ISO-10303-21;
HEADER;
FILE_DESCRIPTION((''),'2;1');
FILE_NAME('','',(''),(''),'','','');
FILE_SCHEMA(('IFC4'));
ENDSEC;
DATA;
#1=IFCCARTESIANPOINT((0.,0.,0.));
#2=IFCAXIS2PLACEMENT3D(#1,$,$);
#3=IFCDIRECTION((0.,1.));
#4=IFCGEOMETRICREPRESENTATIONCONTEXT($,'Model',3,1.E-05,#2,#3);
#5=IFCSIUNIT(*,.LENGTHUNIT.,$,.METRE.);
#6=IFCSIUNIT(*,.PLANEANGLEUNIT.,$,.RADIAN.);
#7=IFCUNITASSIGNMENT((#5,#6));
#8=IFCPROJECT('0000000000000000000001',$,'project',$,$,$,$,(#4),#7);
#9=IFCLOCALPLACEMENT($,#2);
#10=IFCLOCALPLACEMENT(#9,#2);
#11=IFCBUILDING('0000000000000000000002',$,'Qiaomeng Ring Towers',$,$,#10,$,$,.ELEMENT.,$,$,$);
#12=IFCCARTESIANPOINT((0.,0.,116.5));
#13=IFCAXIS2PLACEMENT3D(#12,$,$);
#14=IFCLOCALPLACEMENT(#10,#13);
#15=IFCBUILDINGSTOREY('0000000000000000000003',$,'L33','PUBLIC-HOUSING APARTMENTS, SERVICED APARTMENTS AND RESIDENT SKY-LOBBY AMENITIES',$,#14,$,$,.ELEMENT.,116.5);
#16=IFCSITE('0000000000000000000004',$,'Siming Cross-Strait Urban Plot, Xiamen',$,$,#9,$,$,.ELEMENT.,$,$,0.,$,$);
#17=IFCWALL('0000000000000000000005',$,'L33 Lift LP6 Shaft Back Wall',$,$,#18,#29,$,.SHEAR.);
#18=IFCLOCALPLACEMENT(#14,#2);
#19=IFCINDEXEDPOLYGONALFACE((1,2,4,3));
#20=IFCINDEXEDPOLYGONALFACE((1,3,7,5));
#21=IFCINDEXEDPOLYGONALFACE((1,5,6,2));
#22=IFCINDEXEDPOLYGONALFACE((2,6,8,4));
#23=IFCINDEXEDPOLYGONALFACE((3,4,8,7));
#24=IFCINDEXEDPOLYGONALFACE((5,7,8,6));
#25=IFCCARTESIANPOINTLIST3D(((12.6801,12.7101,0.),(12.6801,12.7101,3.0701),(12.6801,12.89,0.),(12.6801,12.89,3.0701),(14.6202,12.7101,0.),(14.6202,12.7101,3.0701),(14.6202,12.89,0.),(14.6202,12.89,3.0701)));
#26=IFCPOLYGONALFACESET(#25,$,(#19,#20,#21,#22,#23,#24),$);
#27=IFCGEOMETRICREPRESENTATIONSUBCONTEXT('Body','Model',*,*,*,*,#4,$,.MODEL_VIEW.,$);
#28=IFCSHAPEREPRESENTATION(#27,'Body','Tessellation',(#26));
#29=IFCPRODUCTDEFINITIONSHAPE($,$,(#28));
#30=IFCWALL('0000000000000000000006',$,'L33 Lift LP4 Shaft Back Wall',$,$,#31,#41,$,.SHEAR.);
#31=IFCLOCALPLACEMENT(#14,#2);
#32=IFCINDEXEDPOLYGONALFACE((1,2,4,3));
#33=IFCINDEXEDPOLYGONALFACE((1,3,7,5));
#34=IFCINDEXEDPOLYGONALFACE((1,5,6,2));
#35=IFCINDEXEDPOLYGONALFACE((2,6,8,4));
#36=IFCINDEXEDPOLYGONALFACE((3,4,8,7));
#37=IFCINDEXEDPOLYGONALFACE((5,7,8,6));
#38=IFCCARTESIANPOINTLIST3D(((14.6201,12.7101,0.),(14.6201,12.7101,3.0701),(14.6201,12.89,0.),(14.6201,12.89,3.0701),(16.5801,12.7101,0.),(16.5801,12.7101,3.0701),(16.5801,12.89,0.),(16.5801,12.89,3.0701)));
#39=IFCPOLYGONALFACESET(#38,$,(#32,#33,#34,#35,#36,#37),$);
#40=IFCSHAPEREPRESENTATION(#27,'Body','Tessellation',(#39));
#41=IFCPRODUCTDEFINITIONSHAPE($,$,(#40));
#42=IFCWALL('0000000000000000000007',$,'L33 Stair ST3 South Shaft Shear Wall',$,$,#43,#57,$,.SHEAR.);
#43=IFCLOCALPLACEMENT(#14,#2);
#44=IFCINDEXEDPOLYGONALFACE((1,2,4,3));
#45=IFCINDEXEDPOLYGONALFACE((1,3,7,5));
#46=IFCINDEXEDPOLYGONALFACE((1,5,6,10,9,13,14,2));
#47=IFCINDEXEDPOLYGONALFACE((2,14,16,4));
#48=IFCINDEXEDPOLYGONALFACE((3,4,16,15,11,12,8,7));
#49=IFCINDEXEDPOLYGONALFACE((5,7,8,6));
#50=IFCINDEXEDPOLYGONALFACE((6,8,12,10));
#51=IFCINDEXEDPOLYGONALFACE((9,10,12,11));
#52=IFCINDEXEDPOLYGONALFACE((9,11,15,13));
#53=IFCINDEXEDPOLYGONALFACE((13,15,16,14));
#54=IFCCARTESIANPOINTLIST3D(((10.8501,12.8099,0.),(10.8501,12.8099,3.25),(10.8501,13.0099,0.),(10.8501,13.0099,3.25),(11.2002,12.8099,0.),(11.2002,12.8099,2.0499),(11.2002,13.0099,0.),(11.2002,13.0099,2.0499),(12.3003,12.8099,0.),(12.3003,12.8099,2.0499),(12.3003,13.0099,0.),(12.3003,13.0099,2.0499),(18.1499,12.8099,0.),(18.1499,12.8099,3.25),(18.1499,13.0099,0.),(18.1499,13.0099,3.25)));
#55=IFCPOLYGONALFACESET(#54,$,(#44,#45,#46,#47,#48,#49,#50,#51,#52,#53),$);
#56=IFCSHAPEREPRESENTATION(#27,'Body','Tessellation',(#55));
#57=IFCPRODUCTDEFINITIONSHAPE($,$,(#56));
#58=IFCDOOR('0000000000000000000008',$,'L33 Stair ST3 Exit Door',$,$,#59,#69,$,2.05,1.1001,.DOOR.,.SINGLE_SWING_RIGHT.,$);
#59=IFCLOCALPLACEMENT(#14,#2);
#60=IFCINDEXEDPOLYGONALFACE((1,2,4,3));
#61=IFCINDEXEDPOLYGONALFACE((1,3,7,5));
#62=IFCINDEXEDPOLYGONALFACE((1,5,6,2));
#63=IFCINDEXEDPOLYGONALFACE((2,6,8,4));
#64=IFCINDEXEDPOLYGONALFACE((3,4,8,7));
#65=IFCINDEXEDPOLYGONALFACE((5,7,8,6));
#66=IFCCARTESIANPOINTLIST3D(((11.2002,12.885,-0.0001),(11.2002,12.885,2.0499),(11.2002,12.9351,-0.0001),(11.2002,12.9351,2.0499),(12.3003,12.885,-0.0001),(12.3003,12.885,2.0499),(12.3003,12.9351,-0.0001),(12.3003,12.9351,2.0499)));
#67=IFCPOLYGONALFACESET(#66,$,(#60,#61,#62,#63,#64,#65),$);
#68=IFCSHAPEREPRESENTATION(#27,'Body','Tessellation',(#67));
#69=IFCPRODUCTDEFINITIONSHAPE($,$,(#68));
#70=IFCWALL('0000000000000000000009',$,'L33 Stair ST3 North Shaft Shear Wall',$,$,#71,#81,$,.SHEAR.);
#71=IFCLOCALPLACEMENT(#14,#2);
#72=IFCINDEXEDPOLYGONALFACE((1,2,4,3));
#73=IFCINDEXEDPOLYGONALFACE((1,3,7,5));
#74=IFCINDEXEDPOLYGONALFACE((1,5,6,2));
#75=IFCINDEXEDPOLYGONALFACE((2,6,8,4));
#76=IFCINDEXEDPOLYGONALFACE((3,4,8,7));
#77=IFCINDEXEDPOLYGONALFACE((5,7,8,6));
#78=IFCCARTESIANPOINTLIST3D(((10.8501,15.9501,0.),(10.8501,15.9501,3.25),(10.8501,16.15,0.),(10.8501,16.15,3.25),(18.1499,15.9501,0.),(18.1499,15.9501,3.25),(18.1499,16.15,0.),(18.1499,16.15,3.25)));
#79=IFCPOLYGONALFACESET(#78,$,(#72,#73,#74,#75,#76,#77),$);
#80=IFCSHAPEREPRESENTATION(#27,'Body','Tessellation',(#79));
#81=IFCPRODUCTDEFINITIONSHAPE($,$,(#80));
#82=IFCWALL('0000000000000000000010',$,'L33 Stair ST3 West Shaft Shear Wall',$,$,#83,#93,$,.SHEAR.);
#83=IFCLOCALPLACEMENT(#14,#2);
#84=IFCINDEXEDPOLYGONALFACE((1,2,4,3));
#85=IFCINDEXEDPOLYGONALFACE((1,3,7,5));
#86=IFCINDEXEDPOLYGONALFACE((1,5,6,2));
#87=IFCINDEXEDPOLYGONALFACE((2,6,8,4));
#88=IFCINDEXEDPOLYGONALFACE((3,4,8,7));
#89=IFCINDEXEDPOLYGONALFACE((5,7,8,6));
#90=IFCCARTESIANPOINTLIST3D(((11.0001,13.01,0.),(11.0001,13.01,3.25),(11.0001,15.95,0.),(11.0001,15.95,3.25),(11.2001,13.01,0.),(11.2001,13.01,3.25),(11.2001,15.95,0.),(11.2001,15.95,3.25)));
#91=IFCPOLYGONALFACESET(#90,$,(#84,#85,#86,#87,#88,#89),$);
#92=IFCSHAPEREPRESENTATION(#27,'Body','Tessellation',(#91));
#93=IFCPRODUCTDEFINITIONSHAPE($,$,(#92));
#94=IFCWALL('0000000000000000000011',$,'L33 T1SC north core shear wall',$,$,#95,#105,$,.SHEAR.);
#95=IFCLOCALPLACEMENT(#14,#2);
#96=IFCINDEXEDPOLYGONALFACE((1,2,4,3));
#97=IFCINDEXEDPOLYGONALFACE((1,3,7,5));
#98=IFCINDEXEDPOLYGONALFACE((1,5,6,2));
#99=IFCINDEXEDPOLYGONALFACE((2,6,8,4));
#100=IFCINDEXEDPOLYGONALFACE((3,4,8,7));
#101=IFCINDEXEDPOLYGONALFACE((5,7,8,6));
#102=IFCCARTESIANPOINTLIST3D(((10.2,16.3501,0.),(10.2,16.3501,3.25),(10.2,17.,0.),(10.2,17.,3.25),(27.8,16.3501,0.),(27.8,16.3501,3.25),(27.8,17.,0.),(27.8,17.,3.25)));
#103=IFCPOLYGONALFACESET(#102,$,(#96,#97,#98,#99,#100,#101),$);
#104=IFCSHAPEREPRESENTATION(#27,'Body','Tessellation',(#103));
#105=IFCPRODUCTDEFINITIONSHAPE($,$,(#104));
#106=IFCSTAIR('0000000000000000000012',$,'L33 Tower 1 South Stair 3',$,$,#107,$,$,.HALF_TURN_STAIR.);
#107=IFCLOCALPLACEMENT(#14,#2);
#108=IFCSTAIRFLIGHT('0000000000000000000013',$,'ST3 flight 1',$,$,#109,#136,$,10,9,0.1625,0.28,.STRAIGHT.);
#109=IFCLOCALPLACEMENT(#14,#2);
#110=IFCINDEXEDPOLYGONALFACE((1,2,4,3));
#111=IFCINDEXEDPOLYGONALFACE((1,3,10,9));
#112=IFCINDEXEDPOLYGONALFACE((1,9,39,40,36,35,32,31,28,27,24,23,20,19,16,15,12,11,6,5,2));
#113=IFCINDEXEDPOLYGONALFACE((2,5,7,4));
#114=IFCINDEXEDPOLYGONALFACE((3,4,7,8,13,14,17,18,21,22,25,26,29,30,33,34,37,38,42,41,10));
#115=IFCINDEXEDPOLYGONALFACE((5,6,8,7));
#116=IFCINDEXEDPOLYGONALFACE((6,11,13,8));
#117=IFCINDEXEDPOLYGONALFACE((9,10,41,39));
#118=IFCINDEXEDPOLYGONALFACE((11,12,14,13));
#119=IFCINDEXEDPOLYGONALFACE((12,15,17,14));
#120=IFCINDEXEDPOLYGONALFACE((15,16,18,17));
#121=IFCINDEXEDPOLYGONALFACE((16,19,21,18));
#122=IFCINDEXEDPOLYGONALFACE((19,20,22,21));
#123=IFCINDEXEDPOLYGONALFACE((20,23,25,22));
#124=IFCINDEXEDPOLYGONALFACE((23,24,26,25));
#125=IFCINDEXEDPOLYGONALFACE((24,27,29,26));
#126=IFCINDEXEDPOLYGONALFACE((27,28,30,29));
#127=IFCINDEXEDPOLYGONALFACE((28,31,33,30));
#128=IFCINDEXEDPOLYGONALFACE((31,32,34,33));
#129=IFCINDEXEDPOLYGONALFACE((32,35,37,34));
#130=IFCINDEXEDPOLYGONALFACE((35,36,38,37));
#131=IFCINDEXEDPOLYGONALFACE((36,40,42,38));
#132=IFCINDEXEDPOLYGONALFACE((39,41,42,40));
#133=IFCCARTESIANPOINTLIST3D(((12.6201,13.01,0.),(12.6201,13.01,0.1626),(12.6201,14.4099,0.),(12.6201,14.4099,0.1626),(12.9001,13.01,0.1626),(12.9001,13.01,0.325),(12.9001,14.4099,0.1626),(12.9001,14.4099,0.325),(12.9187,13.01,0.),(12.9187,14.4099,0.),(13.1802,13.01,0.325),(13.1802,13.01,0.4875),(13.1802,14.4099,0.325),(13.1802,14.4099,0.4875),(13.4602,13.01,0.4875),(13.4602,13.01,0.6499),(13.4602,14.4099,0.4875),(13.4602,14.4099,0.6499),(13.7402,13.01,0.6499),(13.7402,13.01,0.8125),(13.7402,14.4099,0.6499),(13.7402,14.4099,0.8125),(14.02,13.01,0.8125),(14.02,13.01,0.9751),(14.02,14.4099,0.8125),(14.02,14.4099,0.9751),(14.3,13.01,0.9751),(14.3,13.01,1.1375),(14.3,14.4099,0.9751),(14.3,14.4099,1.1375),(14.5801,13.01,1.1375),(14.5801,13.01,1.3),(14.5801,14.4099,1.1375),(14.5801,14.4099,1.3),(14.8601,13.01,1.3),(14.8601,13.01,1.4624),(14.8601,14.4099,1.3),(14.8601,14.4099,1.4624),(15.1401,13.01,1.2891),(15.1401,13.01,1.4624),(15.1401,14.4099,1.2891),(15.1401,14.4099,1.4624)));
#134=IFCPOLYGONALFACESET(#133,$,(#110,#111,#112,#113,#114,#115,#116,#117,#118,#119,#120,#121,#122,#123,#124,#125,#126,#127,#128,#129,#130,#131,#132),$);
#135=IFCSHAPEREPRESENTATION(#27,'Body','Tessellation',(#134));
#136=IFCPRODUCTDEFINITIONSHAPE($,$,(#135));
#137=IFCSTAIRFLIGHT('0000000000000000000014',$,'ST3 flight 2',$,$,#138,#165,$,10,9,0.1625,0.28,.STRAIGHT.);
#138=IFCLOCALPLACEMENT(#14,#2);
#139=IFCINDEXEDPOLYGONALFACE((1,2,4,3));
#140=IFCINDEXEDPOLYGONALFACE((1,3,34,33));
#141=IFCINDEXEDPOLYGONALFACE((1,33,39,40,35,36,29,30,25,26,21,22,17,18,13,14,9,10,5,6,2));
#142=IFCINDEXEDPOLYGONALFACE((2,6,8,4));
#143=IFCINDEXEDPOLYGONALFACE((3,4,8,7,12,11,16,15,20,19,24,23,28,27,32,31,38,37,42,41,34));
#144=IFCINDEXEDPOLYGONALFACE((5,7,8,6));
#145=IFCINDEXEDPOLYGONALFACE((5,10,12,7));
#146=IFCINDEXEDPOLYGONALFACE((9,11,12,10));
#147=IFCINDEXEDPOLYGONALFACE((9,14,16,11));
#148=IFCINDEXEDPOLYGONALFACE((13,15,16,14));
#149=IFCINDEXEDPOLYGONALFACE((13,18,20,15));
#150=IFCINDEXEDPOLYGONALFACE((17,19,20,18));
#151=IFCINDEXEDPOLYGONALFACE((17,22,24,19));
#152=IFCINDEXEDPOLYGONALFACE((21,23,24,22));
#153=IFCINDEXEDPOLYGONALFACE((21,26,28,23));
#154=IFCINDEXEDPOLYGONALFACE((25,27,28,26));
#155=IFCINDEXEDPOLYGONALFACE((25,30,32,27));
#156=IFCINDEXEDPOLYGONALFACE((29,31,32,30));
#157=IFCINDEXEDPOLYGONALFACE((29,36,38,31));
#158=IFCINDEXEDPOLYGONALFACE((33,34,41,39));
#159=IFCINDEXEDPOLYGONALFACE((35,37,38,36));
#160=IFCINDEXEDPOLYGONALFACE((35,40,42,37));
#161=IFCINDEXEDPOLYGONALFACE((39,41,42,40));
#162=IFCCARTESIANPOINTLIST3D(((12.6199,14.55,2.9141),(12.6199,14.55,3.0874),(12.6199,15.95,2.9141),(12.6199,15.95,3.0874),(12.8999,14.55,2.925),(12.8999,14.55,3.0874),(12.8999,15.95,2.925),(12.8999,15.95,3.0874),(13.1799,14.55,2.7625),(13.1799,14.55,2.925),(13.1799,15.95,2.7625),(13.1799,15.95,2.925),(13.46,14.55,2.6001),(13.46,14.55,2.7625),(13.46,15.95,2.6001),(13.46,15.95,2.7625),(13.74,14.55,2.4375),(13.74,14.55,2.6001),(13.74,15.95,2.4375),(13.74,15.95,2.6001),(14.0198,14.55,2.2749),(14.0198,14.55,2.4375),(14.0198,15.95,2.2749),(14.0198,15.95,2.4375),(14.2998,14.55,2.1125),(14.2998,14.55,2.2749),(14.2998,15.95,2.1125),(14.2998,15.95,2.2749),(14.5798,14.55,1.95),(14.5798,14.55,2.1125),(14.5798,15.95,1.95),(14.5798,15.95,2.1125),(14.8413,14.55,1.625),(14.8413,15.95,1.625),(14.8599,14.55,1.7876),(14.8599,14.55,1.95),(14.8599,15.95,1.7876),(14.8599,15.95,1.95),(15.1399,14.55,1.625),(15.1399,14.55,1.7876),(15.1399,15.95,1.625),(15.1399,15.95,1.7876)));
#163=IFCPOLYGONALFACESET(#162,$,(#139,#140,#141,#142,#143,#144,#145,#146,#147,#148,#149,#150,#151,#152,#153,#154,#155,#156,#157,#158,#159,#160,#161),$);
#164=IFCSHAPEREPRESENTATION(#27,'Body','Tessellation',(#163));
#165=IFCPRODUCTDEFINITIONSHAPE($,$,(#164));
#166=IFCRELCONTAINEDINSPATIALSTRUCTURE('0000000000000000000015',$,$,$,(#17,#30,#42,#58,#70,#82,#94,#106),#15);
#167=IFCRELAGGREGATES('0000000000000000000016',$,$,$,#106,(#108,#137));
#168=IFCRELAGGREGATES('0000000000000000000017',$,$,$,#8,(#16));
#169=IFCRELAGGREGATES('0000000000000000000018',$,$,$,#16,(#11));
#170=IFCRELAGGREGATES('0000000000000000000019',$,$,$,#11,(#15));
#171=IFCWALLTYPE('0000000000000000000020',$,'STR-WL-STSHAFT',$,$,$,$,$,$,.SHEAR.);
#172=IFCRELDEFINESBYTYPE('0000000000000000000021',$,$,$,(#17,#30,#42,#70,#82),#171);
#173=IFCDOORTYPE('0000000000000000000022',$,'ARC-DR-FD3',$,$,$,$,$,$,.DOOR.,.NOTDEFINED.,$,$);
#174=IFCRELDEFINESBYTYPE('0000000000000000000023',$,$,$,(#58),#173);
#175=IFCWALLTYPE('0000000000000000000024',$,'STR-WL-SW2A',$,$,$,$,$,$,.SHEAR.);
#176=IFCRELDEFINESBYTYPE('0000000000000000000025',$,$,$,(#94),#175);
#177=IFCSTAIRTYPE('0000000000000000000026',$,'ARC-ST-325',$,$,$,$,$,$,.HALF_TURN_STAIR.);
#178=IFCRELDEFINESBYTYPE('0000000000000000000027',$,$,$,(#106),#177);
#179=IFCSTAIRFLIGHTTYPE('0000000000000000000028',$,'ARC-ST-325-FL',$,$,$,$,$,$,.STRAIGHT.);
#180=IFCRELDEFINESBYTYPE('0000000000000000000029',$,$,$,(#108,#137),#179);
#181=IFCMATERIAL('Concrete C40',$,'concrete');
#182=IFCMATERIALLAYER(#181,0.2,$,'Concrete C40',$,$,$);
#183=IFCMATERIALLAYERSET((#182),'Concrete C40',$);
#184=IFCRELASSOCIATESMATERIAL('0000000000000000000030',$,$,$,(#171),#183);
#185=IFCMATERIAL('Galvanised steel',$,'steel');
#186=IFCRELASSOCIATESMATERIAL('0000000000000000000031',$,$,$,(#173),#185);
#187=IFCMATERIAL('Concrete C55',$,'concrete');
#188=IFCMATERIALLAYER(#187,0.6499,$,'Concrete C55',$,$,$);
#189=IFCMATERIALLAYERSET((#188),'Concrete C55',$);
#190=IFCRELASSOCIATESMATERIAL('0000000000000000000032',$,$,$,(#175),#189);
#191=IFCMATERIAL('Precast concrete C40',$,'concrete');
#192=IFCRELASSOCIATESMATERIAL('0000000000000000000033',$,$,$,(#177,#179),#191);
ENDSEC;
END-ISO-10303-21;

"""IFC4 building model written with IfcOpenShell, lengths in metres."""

from ifc_helpers import new_model, si_unit, direction, frame, frame_2d, origin, place, context, subcontext, project, spatial, polyline, rectangle, outline, extrude, source, transform, mapped, material, layer, layer_set, type_object, element, fill, aggregate, save


model = new_model("IFC4")

# Units and contexts
model_context = context("Model", 3, precision=1e-05, world=origin(), true_north=direction((0.0, 1.0)))
body_context = subcontext(model_context, "Body", "Model", "MODEL_VIEW")
ifc_project = project(units=[si_unit("LENGTHUNIT", "METRE"), si_unit("PLANEANGLEUNIT", "RADIAN")], contexts=[model_context])

# Site, building, storey
site_placement = place(None, origin())
site = spatial("IfcSite", under=ifc_project, at=site_placement, Name="Siming Cross-Strait Urban Plot, Xiamen", CompositionType="ELEMENT", RefElevation=0.0)
building_placement = place(site_placement, origin())
building = spatial("IfcBuilding", under=site, at=building_placement, Name="Qiaomeng Ring Towers", CompositionType="ELEMENT")
storey_placement = place(building_placement, frame((0.0, 0.0, 116.5)))
storey = spatial("IfcBuildingStorey", under=building, at=storey_placement, Name="L33", Description="PUBLIC-HOUSING APARTMENTS, SERVICED APARTMENTS AND RESIDENT SKY-LOBBY AMENITIES", CompositionType="ELEMENT", Elevation=116.5)

# Shared definitions
ifc_material_1 = material(Name="Concrete C55", Category="concrete")

# Walls
ifc_material_2 = material(Name="Concrete C40", Category="concrete")
ifc_layer_1 = layer(ifc_material_2, 0.2, Name="Concrete C40")
ifc_layer_set_1 = layer_set([ifc_layer_1], Name="Concrete C40")
wall_type_1 = type_object("IfcWallType", Name="STR-WL-STSHAFT", PredefinedType="SHEAR", material=ifc_layer_set_1)
wall_1_placement = place(storey_placement, frame((12.6799, 12.8, 0.0), z_axis=(0.0, 0.0, 1.0), x_axis=(1.0, 0.0, 0.0)))
element("IfcWall", 1, at=wall_1_placement, inside=storey, type_object=wall_type_1, Name="L33 Lift LP6 Shaft Back Wall", PredefinedType="SHEAR", context=body_context, shape_type="SweptSolid", body=[
    extrude(rectangle(XDim=1.9402, YDim=0.1799, at=frame_2d((0.9702, 0.0))), origin(), (0.0, 0.0, 1.0), 3.0701),
])
wall_2_placement = place(storey_placement, frame((14.6201, 12.8, 0.0), z_axis=(0.0, 0.0, 1.0), x_axis=(1.0, 0.0, 0.0)))
element("IfcWall", 2, at=wall_2_placement, inside=storey, type_object=wall_type_1, Name="L33 Lift LP4 Shaft Back Wall", PredefinedType="SHEAR", context=body_context, shape_type="SweptSolid", body=[
    extrude(rectangle(XDim=1.96, YDim=0.1799, at=frame_2d((0.98, 0.0))), origin(), (0.0, 0.0, 1.0), 3.0701),
])

# Wall, opening, door
wall_3_placement = place(storey_placement, frame((10.8501, 12.9099, 0.0), z_axis=(0.0, 0.0, 1.0), x_axis=(1.0, 0.0, 0.0)))
wall_3 = element("IfcWall", 3, at=wall_3_placement, inside=storey, type_object=wall_type_1, Name="L33 Stair ST3 South Shaft Shear Wall", PredefinedType="SHEAR", context=body_context, shape_type="SweptSolid", body=[
    extrude(rectangle(XDim=7.2998, YDim=0.2, at=frame_2d((3.6499, 0.0))), origin(), (0.0, 0.0, 1.0), 3.25),
])
opening_1_placement = place(wall_3_placement, frame((0.3501, 0.0, 0.0)))
opening_1 = element("IfcOpeningElement", 4, at=opening_1_placement, cuts=wall_3, PredefinedType="OPENING", context=body_context, shape_type="SweptSolid", body=[
    extrude(rectangle(XDim=1.1001, YDim=2.05, at=frame_2d((0.55, 1.0249))), frame((0.0, 0.1099, 0.0), z_axis=(0.0, -1.0, 0.0), x_axis=(1.0, 0.0, 0.0)), (0.0, 0.0, 1.0), 0.22),
])
ifc_material_3 = material(Name="Galvanised steel", Category="steel")
door_type_1 = type_object("IfcDoorType", Name="ARC-DR-FD3", OperationType="NOTDEFINED", PredefinedType="DOOR", material=ifc_material_3)
shared_shape_1 = source(origin(), body_context, "Body", "SweptSolid", [
    extrude(rectangle(XDim=1.1001, YDim=2.05, at=frame_2d((0.55, 1.0249))), frame((0.0, 0.0249, 0.0), z_axis=(0.0, -1.0, 0.0), x_axis=(1.0, 0.0, 0.0)), (0.0, 0.0, 1.0), 0.05),
])
door_1_placement = place(opening_1_placement, frame((1.1001, 0.0, 0.0), z_axis=(0.0, 0.0, 1.0), x_axis=(-1.0, 0.0, 0.0)))
door_1 = element("IfcDoor", 5, at=door_1_placement, inside=storey, type_object=door_type_1, Name="L33 Stair ST3 Exit Door", OperationType="SINGLE_SWING_RIGHT", OverallHeight=2.05, OverallWidth=1.1001, PredefinedType="DOOR", context=body_context, shape_type="MappedRepresentation", body=[
    mapped(shared_shape_1, transform((0.0, 0.0, 0.0), x_axis=(1.0, 0.0, 0.0), y_axis=(0.0, 1.0, 0.0), z_axis=(0.0, 0.0, 1.0), scale=1.0)),
])
fill(opening_1, door_1)

# Walls
wall_4_placement = place(storey_placement, frame((10.8501, 16.05, 0.0), z_axis=(0.0, 0.0, 1.0), x_axis=(1.0, 0.0, 0.0)))
element("IfcWall", 6, at=wall_4_placement, inside=storey, type_object=wall_type_1, Name="L33 Stair ST3 North Shaft Shear Wall", PredefinedType="SHEAR", context=body_context, shape_type="SweptSolid", body=[
    extrude(rectangle(XDim=7.2998, YDim=0.2, at=frame_2d((3.6499, 0.0))), origin(), (0.0, 0.0, 1.0), 3.25),
])
wall_5_placement = place(storey_placement, frame((11.1001, 13.01, 0.0), z_axis=(0.0, 0.0, 1.0), x_axis=(0.0, 1.0, 0.0)))
element("IfcWall", 7, at=wall_5_placement, inside=storey, type_object=wall_type_1, Name="L33 Stair ST3 West Shaft Shear Wall", PredefinedType="SHEAR", context=body_context, shape_type="SweptSolid", body=[
    extrude(rectangle(XDim=2.9399, YDim=0.2, at=frame_2d((1.47, 0.0))), origin(), (0.0, 0.0, 1.0), 3.25),
])
ifc_layer_2 = layer(ifc_material_1, 0.6499, Name="Concrete C55")
ifc_layer_set_2 = layer_set([ifc_layer_2], Name="Concrete C55")
wall_type_2 = type_object("IfcWallType", Name="STR-WL-SW2A", PredefinedType="SHEAR", material=ifc_layer_set_2)
wall_6_placement = place(storey_placement, frame((10.2, 16.675, 0.0), z_axis=(0.0, 0.0, 1.0), x_axis=(1.0, 0.0, 0.0)))
element("IfcWall", 8, at=wall_6_placement, inside=storey, type_object=wall_type_2, Name="L33 T1SC north core shear wall", PredefinedType="SHEAR", context=body_context, shape_type="SweptSolid", body=[
    extrude(rectangle(XDim=17.6001, YDim=0.6499, at=frame_2d((8.8, 0.0))), origin(), (0.0, 0.0, 1.0), 3.25),
])

# Stair, stair flights
ifc_material_4 = material(Name="Precast concrete C40", Category="concrete")
stair_type = type_object("IfcStairType", Name="ARC-ST-325", PredefinedType="HALF_TURN_STAIR", material=ifc_material_4)
stair_placement = place(storey_placement, origin())
stair = element("IfcStair", 9, at=stair_placement, inside=storey, type_object=stair_type, Name="L33 Tower 1 South Stair 3", PredefinedType="HALF_TURN_STAIR")
stair_flight_type = type_object("IfcStairFlightType", Name="ARC-ST-325-FL", PredefinedType="STRAIGHT", material=ifc_material_4)
shared_shape_2 = source(origin(), body_context, "Body", "SweptSolid", [
    extrude(outline(polyline([(0.0, 0.0), (0.0, 0.1626), (0.28, 0.1626), (0.28, 0.325), (0.5601, 0.325), (0.5601, 0.4875), (0.8401, 0.4875), (0.8401, 0.6499), (1.1201, 0.6499), (1.1201, 0.8125), (1.3999, 0.8125), (1.3999, 0.9751), (1.6799, 0.9751), (1.6799, 1.1375), (1.96, 1.1375), (1.96, 1.3), (2.24, 1.3), (2.24, 1.4624), (2.52, 1.4624), (2.52, 1.625), (2.52, 1.2891), (0.2986, 0.0), (0.0, 0.0)])), frame((0.0, 0.7, 0.0), z_axis=(0.0, -1.0, 0.0), x_axis=(1.0, 0.0, 0.0)), (0.0, 0.0, 1.0), 1.3999),
])
stair_flight_1_placement = place(storey_placement, frame((12.6201, 13.71, 0.0), z_axis=(0.0, 0.0, 1.0), x_axis=(1.0, 0.0, 0.0)))
stair_flight_1 = element("IfcStairFlight", 10, at=stair_flight_1_placement, type_object=stair_flight_type, Name="ST3 flight 1", NumberOfRisers=10, NumberOfTreads=9, PredefinedType="STRAIGHT", RiserHeight=0.1625, TreadLength=0.28, context=body_context, shape_type="MappedRepresentation", body=[
    mapped(shared_shape_2, transform((0.0, 0.0, 0.0), x_axis=(1.0, 0.0, 0.0), y_axis=(0.0, 1.0, 0.0), z_axis=(0.0, 0.0, 1.0), scale=1.0)),
])
stair_flight_2_placement = place(storey_placement, frame((15.1399, 15.25, 1.625), z_axis=(0.0, 0.0, 1.0), x_axis=(-1.0, 0.0, 0.0)))
stair_flight_2 = element("IfcStairFlight", 11, at=stair_flight_2_placement, type_object=stair_flight_type, Name="ST3 flight 2", NumberOfRisers=10, NumberOfTreads=9, PredefinedType="STRAIGHT", RiserHeight=0.1625, TreadLength=0.28, context=body_context, shape_type="MappedRepresentation", body=[
    mapped(shared_shape_2, transform((0.0, 0.0, 0.0), x_axis=(1.0, 0.0, 0.0), y_axis=(0.0, 1.0, 0.0), z_axis=(0.0, 0.0, 1.0), scale=1.0)),
])
aggregate(stair, [stair_flight_1, stair_flight_2])

save(model, "model.ifc")
